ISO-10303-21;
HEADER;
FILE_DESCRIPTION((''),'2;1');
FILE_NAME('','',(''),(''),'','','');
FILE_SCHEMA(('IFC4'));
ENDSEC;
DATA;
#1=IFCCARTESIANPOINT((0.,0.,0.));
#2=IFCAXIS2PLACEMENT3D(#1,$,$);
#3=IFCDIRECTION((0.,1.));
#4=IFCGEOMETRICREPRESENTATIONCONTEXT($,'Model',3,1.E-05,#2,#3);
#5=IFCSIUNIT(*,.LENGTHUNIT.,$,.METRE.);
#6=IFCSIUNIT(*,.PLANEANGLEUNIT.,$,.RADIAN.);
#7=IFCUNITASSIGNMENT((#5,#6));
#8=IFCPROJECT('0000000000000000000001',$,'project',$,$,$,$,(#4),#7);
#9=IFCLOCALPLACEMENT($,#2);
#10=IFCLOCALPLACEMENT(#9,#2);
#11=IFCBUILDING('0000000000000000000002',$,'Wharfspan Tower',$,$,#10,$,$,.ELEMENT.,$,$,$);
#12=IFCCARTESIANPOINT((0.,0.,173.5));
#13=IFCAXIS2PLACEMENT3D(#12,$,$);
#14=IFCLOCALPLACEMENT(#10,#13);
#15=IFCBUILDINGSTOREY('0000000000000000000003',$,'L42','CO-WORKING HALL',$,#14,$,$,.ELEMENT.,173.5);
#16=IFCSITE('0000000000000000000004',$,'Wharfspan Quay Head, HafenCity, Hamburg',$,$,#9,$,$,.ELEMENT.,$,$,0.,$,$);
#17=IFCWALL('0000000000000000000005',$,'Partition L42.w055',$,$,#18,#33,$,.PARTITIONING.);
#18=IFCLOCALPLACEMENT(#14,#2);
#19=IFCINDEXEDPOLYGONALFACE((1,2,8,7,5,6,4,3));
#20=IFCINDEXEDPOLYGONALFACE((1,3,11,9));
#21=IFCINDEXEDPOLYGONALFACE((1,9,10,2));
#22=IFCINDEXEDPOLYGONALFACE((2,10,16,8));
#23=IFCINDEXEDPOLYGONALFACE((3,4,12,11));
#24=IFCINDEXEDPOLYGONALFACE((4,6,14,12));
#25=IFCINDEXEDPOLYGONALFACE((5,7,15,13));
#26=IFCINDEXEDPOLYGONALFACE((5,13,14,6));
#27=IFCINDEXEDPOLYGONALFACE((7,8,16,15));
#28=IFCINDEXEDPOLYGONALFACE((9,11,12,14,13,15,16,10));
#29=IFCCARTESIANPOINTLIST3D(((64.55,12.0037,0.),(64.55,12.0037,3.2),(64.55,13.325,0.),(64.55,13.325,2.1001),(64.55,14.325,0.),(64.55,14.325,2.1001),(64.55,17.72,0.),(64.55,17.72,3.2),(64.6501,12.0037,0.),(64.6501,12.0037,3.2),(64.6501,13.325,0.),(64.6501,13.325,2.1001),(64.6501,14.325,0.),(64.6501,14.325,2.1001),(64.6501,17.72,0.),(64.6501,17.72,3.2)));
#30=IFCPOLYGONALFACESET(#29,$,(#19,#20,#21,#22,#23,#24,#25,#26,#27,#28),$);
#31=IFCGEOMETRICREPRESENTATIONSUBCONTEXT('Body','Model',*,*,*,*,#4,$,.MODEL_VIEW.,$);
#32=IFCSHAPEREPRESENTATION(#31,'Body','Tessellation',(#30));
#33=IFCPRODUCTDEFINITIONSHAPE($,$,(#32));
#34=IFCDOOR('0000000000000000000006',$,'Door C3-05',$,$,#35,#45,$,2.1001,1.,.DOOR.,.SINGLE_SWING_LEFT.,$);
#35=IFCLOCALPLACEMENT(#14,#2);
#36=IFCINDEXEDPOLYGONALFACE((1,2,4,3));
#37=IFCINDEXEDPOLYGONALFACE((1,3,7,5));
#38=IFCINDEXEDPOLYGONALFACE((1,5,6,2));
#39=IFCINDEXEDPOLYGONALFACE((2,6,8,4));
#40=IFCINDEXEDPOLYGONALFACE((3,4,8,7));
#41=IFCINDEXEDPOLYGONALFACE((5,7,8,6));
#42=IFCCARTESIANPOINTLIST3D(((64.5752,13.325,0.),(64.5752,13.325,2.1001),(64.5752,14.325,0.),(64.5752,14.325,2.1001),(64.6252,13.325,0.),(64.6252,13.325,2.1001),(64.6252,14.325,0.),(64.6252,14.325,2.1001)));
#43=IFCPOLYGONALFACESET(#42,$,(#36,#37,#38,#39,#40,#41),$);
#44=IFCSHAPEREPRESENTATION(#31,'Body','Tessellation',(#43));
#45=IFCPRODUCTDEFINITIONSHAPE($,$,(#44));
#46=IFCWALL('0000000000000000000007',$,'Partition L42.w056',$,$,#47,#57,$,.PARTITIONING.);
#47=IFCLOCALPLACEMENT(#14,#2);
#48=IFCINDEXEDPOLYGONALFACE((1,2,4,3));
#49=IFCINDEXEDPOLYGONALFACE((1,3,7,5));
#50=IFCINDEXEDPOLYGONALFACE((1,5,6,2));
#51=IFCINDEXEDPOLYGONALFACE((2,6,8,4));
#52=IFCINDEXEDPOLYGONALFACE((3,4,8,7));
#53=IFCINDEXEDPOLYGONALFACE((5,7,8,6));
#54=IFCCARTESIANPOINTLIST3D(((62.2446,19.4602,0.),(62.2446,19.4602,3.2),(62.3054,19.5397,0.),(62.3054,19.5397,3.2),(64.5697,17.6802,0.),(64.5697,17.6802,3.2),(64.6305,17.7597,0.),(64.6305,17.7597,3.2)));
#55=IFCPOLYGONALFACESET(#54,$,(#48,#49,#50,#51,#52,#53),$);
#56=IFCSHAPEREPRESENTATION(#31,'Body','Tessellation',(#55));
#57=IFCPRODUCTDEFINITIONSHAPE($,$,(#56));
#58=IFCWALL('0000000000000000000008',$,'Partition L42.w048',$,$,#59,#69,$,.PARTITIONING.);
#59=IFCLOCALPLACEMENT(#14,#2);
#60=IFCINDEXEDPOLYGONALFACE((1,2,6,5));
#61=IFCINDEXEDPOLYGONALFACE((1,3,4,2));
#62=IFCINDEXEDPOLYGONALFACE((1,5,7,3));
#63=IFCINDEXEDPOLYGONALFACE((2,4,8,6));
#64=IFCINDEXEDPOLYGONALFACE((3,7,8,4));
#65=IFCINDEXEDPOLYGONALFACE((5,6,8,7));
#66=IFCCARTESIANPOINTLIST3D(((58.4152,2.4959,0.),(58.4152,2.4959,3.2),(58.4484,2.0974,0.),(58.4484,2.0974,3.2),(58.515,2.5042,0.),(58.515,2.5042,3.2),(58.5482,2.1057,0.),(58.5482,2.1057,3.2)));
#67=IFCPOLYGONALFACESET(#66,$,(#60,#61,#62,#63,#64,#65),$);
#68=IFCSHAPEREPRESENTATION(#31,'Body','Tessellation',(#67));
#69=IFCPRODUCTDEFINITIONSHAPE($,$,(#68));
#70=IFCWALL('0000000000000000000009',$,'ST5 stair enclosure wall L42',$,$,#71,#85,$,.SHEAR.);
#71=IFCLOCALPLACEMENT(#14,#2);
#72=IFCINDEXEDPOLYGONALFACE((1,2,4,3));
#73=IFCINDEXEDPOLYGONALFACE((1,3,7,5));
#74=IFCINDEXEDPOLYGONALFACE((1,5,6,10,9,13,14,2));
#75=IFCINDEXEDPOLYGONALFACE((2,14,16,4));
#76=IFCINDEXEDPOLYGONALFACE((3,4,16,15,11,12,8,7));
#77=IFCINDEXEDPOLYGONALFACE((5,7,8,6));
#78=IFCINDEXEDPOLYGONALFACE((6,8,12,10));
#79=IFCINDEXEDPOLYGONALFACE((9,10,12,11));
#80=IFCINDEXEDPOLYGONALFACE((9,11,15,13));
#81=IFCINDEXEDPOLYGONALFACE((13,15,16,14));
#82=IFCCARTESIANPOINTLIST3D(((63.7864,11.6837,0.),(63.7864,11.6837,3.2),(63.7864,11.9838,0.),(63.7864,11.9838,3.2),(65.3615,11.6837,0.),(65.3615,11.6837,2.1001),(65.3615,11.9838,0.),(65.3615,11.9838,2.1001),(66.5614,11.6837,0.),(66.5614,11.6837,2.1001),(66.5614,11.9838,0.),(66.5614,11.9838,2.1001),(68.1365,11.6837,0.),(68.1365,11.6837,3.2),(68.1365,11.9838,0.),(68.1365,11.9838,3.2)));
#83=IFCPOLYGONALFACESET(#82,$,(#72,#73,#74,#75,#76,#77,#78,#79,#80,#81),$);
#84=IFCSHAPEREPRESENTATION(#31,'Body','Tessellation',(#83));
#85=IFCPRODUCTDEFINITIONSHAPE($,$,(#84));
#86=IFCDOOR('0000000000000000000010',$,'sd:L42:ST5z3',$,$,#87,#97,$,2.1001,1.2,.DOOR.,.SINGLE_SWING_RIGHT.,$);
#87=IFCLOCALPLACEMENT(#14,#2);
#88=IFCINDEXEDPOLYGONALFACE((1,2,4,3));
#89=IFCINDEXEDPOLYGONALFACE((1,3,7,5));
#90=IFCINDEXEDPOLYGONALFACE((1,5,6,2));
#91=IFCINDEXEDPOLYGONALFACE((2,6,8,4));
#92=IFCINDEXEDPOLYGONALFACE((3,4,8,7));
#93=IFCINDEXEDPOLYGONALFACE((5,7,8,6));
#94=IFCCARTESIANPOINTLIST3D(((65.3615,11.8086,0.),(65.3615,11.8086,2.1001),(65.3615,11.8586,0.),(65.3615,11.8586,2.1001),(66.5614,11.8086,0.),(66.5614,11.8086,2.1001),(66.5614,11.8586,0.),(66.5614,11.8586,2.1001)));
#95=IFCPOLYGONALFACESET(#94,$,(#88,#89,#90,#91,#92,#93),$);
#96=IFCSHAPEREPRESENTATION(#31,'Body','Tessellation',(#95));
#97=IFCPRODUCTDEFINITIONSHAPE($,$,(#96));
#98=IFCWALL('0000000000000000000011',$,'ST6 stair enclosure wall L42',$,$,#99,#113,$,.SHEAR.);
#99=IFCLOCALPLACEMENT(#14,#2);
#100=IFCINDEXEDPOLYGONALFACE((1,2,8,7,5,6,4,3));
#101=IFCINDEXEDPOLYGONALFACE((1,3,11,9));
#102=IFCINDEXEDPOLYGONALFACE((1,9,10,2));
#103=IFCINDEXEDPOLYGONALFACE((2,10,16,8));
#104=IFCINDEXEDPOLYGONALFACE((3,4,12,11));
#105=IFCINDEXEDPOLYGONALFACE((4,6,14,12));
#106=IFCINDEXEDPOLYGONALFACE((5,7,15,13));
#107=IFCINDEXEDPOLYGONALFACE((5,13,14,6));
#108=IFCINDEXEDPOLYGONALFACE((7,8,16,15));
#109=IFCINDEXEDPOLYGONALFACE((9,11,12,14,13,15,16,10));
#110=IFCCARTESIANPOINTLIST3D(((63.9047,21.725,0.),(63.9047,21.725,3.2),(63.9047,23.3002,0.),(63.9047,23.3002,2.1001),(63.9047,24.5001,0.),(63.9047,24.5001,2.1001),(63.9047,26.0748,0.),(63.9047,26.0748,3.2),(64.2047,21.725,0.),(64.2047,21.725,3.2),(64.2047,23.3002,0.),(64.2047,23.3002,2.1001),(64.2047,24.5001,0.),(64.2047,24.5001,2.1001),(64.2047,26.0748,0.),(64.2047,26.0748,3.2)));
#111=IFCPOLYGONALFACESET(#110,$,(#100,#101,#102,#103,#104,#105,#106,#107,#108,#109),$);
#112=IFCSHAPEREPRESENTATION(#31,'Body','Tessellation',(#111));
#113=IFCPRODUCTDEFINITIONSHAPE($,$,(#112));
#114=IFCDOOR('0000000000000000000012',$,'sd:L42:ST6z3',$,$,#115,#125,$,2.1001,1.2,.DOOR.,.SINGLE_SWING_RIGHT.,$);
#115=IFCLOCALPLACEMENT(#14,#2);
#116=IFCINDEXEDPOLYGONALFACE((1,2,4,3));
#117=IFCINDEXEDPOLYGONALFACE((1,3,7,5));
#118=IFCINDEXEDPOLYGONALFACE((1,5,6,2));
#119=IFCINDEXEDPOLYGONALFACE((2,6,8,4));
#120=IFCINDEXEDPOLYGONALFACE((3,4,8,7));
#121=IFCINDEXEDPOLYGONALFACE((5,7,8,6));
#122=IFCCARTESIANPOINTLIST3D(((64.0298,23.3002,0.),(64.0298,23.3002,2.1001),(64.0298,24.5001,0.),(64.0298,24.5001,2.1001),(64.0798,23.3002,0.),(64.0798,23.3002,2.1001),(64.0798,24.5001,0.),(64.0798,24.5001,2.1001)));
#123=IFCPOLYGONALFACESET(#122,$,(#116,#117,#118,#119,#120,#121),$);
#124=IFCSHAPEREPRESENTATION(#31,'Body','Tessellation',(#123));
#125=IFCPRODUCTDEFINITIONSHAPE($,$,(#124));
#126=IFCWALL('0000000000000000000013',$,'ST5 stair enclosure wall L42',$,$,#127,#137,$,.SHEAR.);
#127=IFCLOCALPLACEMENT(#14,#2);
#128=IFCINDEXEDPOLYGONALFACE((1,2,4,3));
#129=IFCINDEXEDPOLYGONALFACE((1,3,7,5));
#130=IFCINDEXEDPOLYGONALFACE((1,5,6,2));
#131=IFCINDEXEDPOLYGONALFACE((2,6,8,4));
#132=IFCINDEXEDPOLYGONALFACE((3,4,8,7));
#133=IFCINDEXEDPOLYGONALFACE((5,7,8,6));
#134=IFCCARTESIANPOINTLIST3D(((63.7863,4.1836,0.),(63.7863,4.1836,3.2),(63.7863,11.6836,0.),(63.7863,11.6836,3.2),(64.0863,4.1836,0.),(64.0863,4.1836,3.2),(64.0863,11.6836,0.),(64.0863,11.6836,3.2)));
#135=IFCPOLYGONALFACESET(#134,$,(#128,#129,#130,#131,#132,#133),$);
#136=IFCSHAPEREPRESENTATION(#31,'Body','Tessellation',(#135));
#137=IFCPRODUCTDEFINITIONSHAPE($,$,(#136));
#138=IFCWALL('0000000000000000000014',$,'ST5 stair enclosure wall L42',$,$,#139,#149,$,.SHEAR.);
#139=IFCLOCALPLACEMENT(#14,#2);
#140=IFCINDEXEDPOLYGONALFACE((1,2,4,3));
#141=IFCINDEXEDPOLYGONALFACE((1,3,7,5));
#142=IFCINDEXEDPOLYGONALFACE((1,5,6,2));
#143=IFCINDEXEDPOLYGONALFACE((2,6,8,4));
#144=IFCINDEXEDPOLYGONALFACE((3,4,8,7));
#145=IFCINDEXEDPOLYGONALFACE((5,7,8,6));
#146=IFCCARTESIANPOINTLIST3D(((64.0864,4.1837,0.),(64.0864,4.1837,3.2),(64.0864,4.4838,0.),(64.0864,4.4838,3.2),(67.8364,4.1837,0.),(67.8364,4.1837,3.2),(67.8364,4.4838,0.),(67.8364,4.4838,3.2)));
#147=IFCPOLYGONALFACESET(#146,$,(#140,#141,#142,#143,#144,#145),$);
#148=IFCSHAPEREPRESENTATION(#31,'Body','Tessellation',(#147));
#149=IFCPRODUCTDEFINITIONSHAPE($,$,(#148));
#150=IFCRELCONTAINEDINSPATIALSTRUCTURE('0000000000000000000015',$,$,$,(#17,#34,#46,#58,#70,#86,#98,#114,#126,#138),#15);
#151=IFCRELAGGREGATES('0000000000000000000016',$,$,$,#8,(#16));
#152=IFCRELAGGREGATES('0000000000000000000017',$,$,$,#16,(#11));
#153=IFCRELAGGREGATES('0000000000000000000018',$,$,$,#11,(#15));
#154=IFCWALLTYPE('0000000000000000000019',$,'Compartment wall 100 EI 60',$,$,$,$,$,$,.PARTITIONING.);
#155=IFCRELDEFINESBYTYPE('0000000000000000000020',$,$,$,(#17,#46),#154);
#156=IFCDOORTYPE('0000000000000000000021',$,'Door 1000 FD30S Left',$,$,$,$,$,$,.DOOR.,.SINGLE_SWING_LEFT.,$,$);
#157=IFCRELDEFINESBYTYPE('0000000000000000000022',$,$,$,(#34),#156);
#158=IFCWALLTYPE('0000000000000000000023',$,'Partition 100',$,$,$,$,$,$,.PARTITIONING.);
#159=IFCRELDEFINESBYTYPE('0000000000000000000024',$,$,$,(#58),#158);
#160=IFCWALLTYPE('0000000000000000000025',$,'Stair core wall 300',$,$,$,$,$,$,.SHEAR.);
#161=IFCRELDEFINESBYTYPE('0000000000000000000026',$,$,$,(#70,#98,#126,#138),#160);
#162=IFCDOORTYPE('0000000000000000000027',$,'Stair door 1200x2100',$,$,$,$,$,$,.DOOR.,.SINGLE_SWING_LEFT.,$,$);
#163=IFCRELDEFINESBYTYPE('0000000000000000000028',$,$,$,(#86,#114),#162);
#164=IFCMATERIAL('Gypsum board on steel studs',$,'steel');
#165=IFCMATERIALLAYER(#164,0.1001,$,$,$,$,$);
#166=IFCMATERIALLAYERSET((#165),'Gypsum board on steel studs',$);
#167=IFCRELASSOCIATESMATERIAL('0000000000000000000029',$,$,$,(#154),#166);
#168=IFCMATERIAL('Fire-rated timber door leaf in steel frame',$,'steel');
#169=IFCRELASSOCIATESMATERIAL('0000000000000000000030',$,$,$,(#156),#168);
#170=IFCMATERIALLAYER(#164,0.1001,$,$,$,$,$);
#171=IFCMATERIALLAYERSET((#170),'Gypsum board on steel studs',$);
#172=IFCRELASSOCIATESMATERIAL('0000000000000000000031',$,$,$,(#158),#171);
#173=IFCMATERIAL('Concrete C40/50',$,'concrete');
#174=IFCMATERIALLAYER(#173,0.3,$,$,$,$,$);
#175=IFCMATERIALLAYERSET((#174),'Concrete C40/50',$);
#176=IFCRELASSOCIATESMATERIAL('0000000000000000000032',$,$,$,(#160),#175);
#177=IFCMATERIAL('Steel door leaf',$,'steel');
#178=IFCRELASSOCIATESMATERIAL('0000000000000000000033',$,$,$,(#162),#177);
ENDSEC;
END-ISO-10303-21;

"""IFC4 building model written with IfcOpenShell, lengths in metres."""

from ifc_helpers import new_model, si_unit, direction, frame, frame_2d, origin, place, context, subcontext, project, spatial, rectangle, extrude, material, layer, layer_set, type_object, element, fill, save


model = new_model("IFC4")

# Units and contexts
model_context = context("Model", 3, precision=1e-05, world=origin(), true_north=direction((0.0, 1.0)))
body_context = subcontext(model_context, "Body", "Model", "MODEL_VIEW")
ifc_project = project(units=[si_unit("LENGTHUNIT", "METRE"), si_unit("PLANEANGLEUNIT", "RADIAN")], contexts=[model_context])

# Site, building, storey
site_placement = place(None, origin())
site = spatial("IfcSite", under=ifc_project, at=site_placement, Name="Wharfspan Quay Head, HafenCity, Hamburg", CompositionType="ELEMENT", RefElevation=0.0)
building_placement = place(site_placement, origin())
building = spatial("IfcBuilding", under=site, at=building_placement, Name="Wharfspan Tower", CompositionType="ELEMENT")
storey_placement = place(building_placement, frame((0.0, 0.0, 173.5)))
storey = spatial("IfcBuildingStorey", under=building, at=storey_placement, Name="L42", Description="CO-WORKING HALL", CompositionType="ELEMENT", Elevation=173.5)

# Shared definitions
ifc_material_1 = material(Name="Gypsum board on steel studs", Category="steel")
ifc_layer_1 = layer(ifc_material_1, 0.1001)
ifc_layer_set_1 = layer_set([ifc_layer_1], Name="Gypsum board on steel studs")
wall_type_1 = type_object("IfcWallType", Name="Compartment wall 100 EI 60", PredefinedType="PARTITIONING", material=ifc_layer_set_1)

# Wall, opening, door
wall_1_placement = place(storey_placement, frame((64.6001, 12.0037, 0.0), z_axis=(0.0, 0.0, 1.0), x_axis=(0.0, 1.0, 0.0)))
wall_1 = element("IfcWall", 1, at=wall_1_placement, inside=storey, type_object=wall_type_1, Name="Partition L42.w055", PredefinedType="PARTITIONING", context=body_context, shape_type="SweptSolid", body=[
    extrude(rectangle(XDim=5.7163, YDim=0.1001, at=frame_2d((2.8582, 0.0))), origin(), (0.0, 0.0, 1.0), 3.2),
])
opening_1_placement = place(wall_1_placement, frame((1.3213, 0.0, 0.0)))
opening_1 = element("IfcOpeningElement", 2, at=opening_1_placement, cuts=wall_1, PredefinedType="OPENING", context=body_context, shape_type="SweptSolid", body=[
    extrude(rectangle(XDim=1.0, YDim=2.1001, at=frame_2d((0.5, 1.05))), frame((0.0, 0.0601, 0.0), z_axis=(0.0, -1.0, 0.0), x_axis=(1.0, 0.0, 0.0)), (0.0, 0.0, 1.0), 0.1201),
])
ifc_material_2 = material(Name="Fire-rated timber door leaf in steel frame", Category="steel")
door_type_1 = type_object("IfcDoorType", Name="Door 1000 FD30S Left", OperationType="SINGLE_SWING_LEFT", PredefinedType="DOOR", material=ifc_material_2)
door_1_placement = place(opening_1_placement, origin())
door_1 = element("IfcDoor", 3, at=door_1_placement, inside=storey, type_object=door_type_1, Name="Door C3-05", OperationType="SINGLE_SWING_LEFT", OverallHeight=2.1001, OverallWidth=1.0, PredefinedType="DOOR", context=body_context, shape_type="SweptSolid", body=[
    extrude(rectangle(XDim=1.0, YDim=2.1001, at=frame_2d((0.5, 1.05))), frame((0.0, 0.0249, 0.0), z_axis=(0.0, -1.0, 0.0), x_axis=(1.0, 0.0, 0.0)), (0.0, 0.0, 1.0), 0.05),
])
fill(opening_1, door_1)

# Walls
wall_2_placement = place(storey_placement, frame((64.6001, 17.72, 0.0), z_axis=(0.0, 0.0, 1.0), x_axis=(-0.794036, 0.607866, 0.0)))
element("IfcWall", 4, at=wall_2_placement, inside=storey, type_object=wall_type_1, Name="Partition L42.w056", PredefinedType="PARTITIONING", context=body_context, shape_type="SweptSolid", body=[
    extrude(rectangle(XDim=2.9282, YDim=0.1001, at=frame_2d((1.4641, 0.0))), origin(), (0.0, 0.0, 1.0), 3.2),
])
ifc_layer_2 = layer(ifc_material_1, 0.1001)
ifc_layer_set_2 = layer_set([ifc_layer_2], Name="Gypsum board on steel studs")
wall_type_2 = type_object("IfcWallType", Name="Partition 100", PredefinedType="PARTITIONING", material=ifc_layer_set_2)
wall_3_placement = place(storey_placement, frame((58.4983, 2.1016, 0.0), z_axis=(0.0, 0.0, 1.0), x_axis=(-0.083045, 0.996542, 0.0)))
element("IfcWall", 5, at=wall_3_placement, inside=storey, type_object=wall_type_2, Name="Partition L42.w048", PredefinedType="PARTITIONING", context=body_context, shape_type="SweptSolid", body=[
    extrude(rectangle(XDim=0.3999, YDim=0.1001, at=frame_2d((0.2, 0.0))), origin(), (0.0, 0.0, 1.0), 3.2),
])

# Walls, openings, doors
ifc_material_3 = material(Name="Concrete C40/50", Category="concrete")
ifc_layer_3 = layer(ifc_material_3, 0.3)
ifc_layer_set_3 = layer_set([ifc_layer_3], Name="Concrete C40/50")
wall_type_3 = type_object("IfcWallType", Name="Stair core wall 300", PredefinedType="SHEAR", material=ifc_layer_set_3)
wall_4_placement = place(storey_placement, frame((63.7864, 11.8337, 0.0), z_axis=(0.0, 0.0, 1.0), x_axis=(1.0, 0.0, 0.0)))
wall_4 = element("IfcWall", 6, at=wall_4_placement, inside=storey, type_object=wall_type_3, Name="ST5 stair enclosure wall L42", PredefinedType="SHEAR", context=body_context, shape_type="SweptSolid", body=[
    extrude(rectangle(XDim=4.3501, YDim=0.3, at=frame_2d((2.175, 0.0))), origin(), (0.0, 0.0, 1.0), 3.2),
])
opening_2_placement = place(wall_4_placement, frame((1.575, 0.0, 0.0)))
opening_2 = element("IfcOpeningElement", 7, at=opening_2_placement, cuts=wall_4, PredefinedType="OPENING", context=body_context, shape_type="SweptSolid", body=[
    extrude(rectangle(XDim=1.2, YDim=2.1001, at=frame_2d((0.6001, 1.05))), frame((0.0, 0.1599, 0.0), z_axis=(0.0, -1.0, 0.0), x_axis=(1.0, 0.0, 0.0)), (0.0, 0.0, 1.0), 0.3201),
])
ifc_material_4 = material(Name="Steel door leaf", Category="steel")
door_type_2 = type_object("IfcDoorType", Name="Stair door 1200x2100", OperationType="SINGLE_SWING_LEFT", PredefinedType="DOOR", material=ifc_material_4)
door_2_placement = place(opening_2_placement, origin())
door_2 = element("IfcDoor", 8, at=door_2_placement, inside=storey, type_object=door_type_2, Name="sd:L42:ST5z3", OperationType="SINGLE_SWING_RIGHT", OverallHeight=2.1001, OverallWidth=1.2, PredefinedType="DOOR", context=body_context, shape_type="SweptSolid", body=[
    extrude(rectangle(XDim=1.2, YDim=2.1001, at=frame_2d((0.6001, 1.05))), frame((0.0, 0.0249, 0.0), z_axis=(0.0, -1.0, 0.0), x_axis=(1.0, 0.0, 0.0)), (0.0, 0.0, 1.0), 0.05),
])
fill(opening_2, door_2)
wall_5_placement = place(storey_placement, frame((64.0547, 21.7251, 0.0), z_axis=(0.0, 0.0, 1.0), x_axis=(0.0, 1.0, 0.0)))
wall_5 = element("IfcWall", 9, at=wall_5_placement, inside=storey, type_object=wall_type_3, Name="ST6 stair enclosure wall L42", PredefinedType="SHEAR", context=body_context, shape_type="SweptSolid", body=[
    extrude(rectangle(XDim=4.3499, YDim=0.3, at=frame_2d((2.1748, 0.0))), origin(), (0.0, 0.0, 1.0), 3.2),
])
opening_3_placement = place(wall_5_placement, frame((1.575, 0.0, 0.0)))
opening_3 = element("IfcOpeningElement", 10, at=opening_3_placement, cuts=wall_5, PredefinedType="OPENING", context=body_context, shape_type="SweptSolid", body=[
    extrude(rectangle(XDim=1.2, YDim=2.1001, at=frame_2d((0.6001, 1.05))), frame((0.0, 0.1599, 0.0), z_axis=(0.0, -1.0, 0.0), x_axis=(1.0, 0.0, 0.0)), (0.0, 0.0, 1.0), 0.3201),
])
door_3_placement = place(opening_3_placement, origin())
door_3 = element("IfcDoor", 11, at=door_3_placement, inside=storey, type_object=door_type_2, Name="sd:L42:ST6z3", OperationType="SINGLE_SWING_RIGHT", OverallHeight=2.1001, OverallWidth=1.2, PredefinedType="DOOR", context=body_context, shape_type="SweptSolid", body=[
    extrude(rectangle(XDim=1.2, YDim=2.1001, at=frame_2d((0.6001, 1.05))), frame((0.0, 0.0249, 0.0), z_axis=(0.0, -1.0, 0.0), x_axis=(1.0, 0.0, 0.0)), (0.0, 0.0, 1.0), 0.05),
])
fill(opening_3, door_3)

# Walls
wall_6_placement = place(storey_placement, frame((63.9363, 4.1836, 0.0), z_axis=(0.0, 0.0, 1.0), x_axis=(0.0, 1.0, 0.0)))
element("IfcWall", 12, at=wall_6_placement, inside=storey, type_object=wall_type_3, Name="ST5 stair enclosure wall L42", PredefinedType="SHEAR", context=body_context, shape_type="SweptSolid", body=[
    extrude(rectangle(XDim=7.5, YDim=0.3, at=frame_2d((3.75, 0.0))), origin(), (0.0, 0.0, 1.0), 3.2),
])
wall_7_placement = place(storey_placement, frame((64.0864, 4.3337, 0.0), z_axis=(0.0, 0.0, 1.0), x_axis=(1.0, 0.0, 0.0)))
element("IfcWall", 13, at=wall_7_placement, inside=storey, type_object=wall_type_3, Name="ST5 stair enclosure wall L42", PredefinedType="SHEAR", context=body_context, shape_type="SweptSolid", body=[
    extrude(rectangle(XDim=3.75, YDim=0.3, at=frame_2d((1.875, 0.0))), origin(), (0.0, 0.0, 1.0), 3.2),
])

save(model, "model.ifc")
